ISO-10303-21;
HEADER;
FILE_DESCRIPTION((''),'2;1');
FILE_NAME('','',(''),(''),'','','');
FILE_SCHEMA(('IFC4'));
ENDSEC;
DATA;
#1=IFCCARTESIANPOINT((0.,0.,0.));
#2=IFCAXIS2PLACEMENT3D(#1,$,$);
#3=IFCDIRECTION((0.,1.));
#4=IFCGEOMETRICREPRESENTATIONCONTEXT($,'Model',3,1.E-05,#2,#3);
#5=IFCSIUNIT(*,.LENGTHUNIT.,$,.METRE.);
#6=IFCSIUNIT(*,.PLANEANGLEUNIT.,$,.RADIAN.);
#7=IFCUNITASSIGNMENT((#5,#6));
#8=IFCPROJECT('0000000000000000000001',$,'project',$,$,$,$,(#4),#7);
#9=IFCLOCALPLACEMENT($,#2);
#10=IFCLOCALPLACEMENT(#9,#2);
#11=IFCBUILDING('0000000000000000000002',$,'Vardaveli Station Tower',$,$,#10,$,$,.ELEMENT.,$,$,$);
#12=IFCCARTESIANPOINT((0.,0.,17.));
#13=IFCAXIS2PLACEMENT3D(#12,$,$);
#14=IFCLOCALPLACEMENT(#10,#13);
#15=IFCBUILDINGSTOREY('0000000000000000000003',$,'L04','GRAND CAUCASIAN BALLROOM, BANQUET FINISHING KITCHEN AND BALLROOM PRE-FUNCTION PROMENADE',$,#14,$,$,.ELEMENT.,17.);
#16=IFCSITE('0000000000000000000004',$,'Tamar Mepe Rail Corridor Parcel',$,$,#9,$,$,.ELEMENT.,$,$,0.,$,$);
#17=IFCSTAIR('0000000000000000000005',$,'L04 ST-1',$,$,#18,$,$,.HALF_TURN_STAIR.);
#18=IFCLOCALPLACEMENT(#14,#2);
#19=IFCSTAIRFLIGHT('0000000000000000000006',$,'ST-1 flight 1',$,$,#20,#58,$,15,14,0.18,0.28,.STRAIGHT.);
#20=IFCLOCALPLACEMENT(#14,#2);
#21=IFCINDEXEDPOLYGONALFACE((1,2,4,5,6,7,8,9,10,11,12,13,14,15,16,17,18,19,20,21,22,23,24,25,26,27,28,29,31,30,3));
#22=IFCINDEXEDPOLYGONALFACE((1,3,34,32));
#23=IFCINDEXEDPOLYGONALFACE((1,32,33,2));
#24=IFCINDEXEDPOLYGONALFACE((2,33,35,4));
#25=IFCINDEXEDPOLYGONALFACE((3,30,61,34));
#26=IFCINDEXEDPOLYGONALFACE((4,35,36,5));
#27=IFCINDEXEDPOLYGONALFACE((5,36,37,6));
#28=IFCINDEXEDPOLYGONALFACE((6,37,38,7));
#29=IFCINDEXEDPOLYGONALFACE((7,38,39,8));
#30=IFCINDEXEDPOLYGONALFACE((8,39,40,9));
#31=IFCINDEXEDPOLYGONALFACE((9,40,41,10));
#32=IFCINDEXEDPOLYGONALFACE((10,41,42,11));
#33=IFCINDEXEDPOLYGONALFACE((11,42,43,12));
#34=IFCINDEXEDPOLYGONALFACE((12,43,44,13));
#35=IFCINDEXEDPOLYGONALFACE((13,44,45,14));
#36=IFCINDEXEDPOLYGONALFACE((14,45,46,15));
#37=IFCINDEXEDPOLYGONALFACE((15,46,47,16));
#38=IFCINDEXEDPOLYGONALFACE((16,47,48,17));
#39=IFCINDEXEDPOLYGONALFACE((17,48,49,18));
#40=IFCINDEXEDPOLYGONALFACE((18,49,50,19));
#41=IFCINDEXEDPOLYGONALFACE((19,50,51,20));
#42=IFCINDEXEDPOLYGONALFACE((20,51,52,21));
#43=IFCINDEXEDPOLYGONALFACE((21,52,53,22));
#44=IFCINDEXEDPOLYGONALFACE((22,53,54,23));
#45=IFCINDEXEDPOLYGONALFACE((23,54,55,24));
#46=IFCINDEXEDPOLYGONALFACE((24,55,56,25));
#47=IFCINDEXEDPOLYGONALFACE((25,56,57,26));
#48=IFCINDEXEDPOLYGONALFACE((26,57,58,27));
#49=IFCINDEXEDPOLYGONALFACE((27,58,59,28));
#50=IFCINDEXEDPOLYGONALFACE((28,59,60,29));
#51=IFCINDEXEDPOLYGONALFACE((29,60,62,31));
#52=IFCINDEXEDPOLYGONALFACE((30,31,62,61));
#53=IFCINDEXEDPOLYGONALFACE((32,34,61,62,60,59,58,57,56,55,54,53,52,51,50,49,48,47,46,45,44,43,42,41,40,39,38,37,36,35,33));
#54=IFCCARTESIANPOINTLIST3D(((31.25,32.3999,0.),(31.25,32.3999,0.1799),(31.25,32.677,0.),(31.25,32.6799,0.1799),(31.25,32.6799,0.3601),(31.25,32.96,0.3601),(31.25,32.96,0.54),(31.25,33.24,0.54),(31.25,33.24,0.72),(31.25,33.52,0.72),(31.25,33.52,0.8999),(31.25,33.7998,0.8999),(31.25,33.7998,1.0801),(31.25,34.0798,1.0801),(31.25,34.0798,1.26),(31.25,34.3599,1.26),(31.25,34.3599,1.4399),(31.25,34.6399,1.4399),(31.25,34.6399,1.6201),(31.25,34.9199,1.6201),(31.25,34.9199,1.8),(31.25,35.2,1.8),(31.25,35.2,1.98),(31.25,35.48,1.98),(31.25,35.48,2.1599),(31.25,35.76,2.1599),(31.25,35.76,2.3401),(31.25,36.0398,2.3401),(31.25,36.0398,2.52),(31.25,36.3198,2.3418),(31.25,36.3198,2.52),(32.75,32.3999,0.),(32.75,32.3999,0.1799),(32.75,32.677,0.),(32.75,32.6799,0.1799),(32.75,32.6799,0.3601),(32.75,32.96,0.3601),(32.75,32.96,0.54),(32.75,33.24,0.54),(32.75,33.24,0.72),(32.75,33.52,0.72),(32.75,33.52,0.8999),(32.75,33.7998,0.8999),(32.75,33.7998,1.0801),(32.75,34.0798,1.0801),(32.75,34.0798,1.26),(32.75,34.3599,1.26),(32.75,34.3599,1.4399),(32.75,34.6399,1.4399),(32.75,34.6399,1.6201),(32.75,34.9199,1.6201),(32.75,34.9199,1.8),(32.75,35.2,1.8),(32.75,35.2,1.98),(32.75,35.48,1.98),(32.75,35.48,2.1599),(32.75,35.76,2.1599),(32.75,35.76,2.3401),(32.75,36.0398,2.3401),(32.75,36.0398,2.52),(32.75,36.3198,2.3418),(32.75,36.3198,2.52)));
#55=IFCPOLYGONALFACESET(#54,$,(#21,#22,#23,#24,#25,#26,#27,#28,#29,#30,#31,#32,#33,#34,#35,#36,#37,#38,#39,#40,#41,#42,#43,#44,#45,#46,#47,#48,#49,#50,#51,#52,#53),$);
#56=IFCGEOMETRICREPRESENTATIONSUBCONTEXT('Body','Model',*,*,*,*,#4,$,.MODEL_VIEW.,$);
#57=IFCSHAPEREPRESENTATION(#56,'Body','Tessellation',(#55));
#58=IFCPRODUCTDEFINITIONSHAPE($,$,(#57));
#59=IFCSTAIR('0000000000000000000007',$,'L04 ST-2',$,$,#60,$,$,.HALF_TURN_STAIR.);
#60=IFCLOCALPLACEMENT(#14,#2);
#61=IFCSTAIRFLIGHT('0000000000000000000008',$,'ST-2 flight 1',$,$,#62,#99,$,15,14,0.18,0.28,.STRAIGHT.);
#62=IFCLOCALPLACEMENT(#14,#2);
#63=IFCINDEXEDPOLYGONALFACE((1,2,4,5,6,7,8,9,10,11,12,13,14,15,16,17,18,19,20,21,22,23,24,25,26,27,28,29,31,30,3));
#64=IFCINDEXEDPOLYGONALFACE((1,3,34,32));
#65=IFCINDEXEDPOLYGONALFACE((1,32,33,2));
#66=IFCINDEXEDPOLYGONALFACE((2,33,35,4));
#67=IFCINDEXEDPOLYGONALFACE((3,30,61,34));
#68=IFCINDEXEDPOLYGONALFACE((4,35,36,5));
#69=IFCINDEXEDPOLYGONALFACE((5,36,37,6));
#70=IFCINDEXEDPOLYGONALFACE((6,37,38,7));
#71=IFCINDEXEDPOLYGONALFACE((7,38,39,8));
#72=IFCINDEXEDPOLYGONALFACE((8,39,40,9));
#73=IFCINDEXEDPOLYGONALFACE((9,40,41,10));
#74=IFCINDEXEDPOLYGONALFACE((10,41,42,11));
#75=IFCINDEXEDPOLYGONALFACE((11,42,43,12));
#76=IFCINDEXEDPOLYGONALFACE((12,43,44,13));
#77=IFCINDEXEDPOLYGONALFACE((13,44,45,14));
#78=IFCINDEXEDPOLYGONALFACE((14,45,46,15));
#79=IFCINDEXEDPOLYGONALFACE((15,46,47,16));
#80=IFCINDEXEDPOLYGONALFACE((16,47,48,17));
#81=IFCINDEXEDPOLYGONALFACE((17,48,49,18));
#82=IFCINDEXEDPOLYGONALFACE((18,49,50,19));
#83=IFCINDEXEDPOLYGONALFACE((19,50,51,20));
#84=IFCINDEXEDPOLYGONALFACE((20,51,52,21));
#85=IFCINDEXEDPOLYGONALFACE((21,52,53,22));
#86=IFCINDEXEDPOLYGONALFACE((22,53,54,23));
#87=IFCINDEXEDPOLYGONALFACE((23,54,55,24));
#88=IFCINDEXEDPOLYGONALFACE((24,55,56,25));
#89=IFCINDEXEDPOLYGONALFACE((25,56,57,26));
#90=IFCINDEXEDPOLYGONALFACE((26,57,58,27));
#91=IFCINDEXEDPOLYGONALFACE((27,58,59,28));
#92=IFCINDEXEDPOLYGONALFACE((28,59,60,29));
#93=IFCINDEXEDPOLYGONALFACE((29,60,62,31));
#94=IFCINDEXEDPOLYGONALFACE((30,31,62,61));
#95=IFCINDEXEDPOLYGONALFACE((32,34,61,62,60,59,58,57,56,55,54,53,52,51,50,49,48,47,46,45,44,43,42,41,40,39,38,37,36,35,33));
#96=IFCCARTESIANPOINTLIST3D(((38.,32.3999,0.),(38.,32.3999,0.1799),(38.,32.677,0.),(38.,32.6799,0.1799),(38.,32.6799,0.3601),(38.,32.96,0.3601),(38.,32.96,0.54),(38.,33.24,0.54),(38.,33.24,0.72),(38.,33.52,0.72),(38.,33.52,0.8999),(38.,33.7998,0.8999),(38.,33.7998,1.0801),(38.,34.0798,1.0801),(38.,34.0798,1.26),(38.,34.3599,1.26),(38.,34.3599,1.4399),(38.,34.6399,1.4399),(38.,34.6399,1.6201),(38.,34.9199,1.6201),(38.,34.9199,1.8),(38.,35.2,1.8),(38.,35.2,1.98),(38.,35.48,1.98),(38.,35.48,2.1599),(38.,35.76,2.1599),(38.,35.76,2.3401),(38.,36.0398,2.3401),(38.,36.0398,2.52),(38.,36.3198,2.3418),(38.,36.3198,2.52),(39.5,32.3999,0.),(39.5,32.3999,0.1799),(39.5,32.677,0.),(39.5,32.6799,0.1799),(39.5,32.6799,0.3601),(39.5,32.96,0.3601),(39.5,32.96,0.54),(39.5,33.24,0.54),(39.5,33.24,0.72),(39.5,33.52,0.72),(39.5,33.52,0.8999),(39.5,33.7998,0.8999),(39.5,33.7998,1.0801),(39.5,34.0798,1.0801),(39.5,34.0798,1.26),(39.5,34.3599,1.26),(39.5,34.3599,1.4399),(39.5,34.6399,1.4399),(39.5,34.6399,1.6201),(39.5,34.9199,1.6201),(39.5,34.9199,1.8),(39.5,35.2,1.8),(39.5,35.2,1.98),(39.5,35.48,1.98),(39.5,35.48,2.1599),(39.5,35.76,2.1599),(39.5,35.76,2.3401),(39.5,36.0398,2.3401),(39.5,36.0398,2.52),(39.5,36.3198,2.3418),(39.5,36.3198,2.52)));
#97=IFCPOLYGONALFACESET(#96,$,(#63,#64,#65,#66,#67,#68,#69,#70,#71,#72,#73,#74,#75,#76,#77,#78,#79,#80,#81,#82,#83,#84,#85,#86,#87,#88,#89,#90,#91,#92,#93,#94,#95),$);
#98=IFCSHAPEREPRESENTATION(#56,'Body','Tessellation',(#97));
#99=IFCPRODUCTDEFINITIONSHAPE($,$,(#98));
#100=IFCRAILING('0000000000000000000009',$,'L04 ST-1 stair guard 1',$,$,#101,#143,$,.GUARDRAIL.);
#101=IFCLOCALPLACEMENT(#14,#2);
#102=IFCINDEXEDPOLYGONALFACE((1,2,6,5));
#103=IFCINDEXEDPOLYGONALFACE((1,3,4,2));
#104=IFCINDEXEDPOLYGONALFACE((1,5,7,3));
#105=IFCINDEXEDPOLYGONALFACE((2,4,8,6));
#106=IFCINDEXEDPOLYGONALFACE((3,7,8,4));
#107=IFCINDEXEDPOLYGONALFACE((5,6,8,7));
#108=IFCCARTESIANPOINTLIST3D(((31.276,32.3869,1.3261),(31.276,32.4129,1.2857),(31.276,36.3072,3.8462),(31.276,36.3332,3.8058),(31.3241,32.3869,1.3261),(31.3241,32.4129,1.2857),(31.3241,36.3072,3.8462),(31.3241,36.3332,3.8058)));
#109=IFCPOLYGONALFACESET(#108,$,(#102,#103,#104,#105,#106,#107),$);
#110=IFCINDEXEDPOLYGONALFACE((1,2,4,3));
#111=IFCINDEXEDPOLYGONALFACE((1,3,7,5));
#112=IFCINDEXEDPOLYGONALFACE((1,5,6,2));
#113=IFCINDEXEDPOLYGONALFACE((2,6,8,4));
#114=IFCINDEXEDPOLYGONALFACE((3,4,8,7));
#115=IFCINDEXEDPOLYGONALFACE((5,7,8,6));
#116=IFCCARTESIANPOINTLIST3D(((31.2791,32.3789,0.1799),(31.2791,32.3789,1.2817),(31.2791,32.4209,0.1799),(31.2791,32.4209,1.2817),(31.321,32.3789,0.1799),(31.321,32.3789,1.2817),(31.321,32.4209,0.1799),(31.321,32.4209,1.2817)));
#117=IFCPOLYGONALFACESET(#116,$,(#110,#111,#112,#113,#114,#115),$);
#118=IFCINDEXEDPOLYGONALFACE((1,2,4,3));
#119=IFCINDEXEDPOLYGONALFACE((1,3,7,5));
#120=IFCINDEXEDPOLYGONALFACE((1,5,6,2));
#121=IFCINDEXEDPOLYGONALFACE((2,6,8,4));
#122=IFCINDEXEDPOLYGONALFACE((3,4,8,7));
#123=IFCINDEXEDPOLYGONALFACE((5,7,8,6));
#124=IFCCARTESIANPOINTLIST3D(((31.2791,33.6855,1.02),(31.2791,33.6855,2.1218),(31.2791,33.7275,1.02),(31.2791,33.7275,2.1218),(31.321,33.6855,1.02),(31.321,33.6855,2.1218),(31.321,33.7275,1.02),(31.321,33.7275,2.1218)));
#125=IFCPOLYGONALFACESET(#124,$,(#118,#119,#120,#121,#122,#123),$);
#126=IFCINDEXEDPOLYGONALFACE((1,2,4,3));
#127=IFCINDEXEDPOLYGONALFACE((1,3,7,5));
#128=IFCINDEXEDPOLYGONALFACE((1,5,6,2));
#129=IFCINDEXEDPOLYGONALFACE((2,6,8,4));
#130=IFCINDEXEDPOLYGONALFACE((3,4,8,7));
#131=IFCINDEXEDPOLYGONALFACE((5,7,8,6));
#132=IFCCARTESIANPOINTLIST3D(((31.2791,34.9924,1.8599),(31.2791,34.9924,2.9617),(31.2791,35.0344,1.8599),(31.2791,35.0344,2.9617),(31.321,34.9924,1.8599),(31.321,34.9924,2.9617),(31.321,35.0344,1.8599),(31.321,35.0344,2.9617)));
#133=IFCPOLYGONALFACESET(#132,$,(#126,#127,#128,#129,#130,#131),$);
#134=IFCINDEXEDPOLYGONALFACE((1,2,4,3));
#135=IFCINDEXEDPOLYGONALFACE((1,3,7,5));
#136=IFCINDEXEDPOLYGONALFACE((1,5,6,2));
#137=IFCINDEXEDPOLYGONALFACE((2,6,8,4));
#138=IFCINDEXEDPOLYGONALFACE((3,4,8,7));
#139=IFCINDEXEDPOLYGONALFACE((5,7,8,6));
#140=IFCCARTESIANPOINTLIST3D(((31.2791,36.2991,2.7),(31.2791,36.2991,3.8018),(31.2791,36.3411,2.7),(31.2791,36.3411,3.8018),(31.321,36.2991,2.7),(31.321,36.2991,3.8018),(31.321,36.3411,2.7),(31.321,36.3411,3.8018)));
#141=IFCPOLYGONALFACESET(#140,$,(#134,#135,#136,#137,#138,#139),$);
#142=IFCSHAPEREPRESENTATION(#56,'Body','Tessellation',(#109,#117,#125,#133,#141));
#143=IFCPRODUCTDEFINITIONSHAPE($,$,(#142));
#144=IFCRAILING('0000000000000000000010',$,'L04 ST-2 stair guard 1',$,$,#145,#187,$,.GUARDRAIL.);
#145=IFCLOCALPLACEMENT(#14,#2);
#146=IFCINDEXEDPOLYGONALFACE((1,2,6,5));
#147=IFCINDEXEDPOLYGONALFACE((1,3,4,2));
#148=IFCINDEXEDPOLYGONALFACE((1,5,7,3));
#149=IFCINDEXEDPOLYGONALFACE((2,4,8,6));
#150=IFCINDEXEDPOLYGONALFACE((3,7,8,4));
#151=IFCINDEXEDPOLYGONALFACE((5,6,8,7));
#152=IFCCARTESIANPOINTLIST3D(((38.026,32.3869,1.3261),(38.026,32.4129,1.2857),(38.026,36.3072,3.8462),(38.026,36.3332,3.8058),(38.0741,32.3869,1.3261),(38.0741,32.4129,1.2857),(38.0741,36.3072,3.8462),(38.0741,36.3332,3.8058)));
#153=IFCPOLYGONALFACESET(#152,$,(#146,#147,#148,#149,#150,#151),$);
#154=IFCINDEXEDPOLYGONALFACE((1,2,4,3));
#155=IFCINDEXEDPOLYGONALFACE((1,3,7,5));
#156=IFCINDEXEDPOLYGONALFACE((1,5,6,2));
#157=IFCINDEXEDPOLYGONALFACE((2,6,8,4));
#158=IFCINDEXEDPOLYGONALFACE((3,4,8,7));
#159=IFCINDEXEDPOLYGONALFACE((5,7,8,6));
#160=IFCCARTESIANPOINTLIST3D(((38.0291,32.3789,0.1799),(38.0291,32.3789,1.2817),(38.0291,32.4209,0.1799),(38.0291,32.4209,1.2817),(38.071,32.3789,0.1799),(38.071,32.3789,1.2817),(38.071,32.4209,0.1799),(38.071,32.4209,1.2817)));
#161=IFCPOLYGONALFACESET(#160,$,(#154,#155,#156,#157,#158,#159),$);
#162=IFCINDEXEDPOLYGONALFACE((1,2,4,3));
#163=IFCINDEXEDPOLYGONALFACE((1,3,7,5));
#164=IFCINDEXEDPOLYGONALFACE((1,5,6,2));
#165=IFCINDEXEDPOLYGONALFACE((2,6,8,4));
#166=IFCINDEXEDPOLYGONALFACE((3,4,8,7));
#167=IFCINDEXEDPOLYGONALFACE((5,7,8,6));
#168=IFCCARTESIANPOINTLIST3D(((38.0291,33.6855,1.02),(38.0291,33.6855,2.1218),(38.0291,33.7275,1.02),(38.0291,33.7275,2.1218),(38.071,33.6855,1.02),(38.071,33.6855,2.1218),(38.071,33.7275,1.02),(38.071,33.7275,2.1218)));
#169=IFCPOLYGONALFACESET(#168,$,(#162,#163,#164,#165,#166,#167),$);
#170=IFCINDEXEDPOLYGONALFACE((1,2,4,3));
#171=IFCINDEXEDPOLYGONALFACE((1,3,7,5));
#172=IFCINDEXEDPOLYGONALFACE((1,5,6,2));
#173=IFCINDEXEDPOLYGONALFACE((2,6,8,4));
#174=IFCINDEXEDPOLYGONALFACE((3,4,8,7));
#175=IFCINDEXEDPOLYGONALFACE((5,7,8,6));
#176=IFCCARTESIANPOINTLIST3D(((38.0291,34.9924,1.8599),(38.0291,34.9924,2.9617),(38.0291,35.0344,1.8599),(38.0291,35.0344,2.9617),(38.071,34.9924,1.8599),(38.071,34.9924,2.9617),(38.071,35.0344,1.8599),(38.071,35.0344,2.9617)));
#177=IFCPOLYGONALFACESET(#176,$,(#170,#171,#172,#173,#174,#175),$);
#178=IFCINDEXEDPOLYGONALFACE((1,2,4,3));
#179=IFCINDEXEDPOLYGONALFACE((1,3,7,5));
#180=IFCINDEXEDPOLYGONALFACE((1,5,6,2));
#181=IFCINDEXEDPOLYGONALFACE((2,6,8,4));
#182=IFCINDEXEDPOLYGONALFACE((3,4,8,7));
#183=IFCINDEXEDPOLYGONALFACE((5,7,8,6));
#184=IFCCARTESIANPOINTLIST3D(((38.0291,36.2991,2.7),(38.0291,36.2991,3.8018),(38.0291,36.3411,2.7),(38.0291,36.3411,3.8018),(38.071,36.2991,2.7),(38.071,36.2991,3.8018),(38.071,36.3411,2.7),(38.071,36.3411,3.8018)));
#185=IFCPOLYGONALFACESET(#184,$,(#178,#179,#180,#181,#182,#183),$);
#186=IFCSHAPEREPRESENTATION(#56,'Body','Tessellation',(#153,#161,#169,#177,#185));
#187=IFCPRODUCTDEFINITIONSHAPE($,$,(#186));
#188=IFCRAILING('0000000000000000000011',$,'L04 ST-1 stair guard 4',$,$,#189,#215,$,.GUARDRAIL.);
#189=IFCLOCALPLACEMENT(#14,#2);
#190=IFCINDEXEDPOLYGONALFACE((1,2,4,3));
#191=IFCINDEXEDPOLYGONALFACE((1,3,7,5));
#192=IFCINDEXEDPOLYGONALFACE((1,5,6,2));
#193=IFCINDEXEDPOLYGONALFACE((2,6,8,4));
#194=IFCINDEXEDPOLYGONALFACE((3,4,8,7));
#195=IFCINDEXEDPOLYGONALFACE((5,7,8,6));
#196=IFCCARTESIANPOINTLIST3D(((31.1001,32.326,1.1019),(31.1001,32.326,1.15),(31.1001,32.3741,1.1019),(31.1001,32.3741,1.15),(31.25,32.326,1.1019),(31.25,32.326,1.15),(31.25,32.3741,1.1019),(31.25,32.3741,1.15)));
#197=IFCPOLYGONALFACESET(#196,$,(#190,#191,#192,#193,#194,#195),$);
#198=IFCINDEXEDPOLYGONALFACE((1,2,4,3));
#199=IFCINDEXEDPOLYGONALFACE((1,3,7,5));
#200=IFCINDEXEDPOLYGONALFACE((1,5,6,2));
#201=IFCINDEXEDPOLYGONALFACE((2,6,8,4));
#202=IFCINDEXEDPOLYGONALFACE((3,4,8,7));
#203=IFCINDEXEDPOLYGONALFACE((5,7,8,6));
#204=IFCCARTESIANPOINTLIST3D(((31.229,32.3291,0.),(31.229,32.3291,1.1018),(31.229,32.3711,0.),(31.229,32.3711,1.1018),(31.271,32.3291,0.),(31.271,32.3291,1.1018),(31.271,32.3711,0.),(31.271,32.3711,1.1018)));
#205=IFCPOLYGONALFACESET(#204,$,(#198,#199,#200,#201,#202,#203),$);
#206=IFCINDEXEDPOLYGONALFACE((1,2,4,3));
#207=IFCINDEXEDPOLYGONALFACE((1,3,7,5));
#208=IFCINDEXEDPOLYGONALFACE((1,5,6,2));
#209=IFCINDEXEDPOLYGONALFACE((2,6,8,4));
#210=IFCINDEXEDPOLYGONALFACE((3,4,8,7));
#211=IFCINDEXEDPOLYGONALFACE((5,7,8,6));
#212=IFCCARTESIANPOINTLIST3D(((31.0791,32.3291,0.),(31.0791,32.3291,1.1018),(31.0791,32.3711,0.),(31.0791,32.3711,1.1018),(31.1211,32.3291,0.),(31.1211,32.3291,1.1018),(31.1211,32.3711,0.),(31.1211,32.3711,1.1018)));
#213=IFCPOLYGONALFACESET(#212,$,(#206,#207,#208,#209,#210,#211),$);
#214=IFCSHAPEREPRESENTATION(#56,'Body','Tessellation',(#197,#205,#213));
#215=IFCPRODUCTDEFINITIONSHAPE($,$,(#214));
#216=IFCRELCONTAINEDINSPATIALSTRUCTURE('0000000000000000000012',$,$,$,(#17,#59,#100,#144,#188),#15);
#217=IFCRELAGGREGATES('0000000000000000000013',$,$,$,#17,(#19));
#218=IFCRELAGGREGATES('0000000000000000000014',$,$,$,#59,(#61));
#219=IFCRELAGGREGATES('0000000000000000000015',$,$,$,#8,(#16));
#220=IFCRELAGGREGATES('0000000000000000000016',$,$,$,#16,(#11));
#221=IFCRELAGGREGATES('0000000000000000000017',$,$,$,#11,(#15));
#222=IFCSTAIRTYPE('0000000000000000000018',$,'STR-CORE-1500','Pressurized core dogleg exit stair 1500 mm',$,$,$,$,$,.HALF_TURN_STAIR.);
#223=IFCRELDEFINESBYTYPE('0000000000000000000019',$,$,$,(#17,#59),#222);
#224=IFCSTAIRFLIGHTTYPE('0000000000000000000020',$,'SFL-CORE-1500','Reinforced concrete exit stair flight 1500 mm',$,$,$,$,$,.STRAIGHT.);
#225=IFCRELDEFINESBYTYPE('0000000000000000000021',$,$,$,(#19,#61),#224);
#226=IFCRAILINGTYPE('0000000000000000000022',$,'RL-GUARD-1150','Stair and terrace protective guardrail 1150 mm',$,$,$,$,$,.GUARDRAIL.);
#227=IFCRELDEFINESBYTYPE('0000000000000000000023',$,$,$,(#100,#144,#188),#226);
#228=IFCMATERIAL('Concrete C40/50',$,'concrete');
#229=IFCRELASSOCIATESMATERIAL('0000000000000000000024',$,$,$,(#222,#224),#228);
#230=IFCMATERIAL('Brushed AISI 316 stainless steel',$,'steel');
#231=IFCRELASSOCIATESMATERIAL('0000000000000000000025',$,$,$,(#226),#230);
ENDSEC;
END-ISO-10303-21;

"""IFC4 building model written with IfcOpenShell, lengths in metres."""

from ifc_helpers import new_model, si_unit, direction, frame, origin, origin_2d, place, context, subcontext, project, spatial, polyline, rectangle, outline, extrude, source, transform, mapped, material, type_object, element, aggregate, save


model = new_model("IFC4")

# Units and contexts
model_context = context("Model", 3, precision=1e-05, world=origin(), true_north=direction((0.0, 1.0)))
body_context = subcontext(model_context, "Body", "Model", "MODEL_VIEW")
ifc_project = project(units=[si_unit("LENGTHUNIT", "METRE"), si_unit("PLANEANGLEUNIT", "RADIAN")], contexts=[model_context])

# Site, building, storey
site_placement = place(None, origin())
site = spatial("IfcSite", under=ifc_project, at=site_placement, Name="Tamar Mepe Rail Corridor Parcel", CompositionType="ELEMENT", RefElevation=0.0)
building_placement = place(site_placement, origin())
building = spatial("IfcBuilding", under=site, at=building_placement, Name="Vardaveli Station Tower", CompositionType="ELEMENT")
storey_placement = place(building_placement, frame((0.0, 0.0, 17.0)))
storey = spatial("IfcBuildingStorey", under=building, at=storey_placement, Name="L04", Description="GRAND CAUCASIAN BALLROOM, BANQUET FINISHING KITCHEN AND BALLROOM PRE-FUNCTION PROMENADE", CompositionType="ELEMENT", Elevation=17.0)

# Shared definitions
ifc_material_1 = material(Name="Concrete C40/50", Category="concrete")

# Stairs, stair flights
stair_type = type_object("IfcStairType", Name="STR-CORE-1500", Description="Pressurized core dogleg exit stair 1500 mm", PredefinedType="HALF_TURN_STAIR", material=ifc_material_1)
stair_1_placement = place(storey_placement, origin())
stair_1 = element("IfcStair", 1, at=stair_1_placement, inside=storey, type_object=stair_type, Name="L04 ST-1", PredefinedType="HALF_TURN_STAIR")
stair_flight_type = type_object("IfcStairFlightType", Name="SFL-CORE-1500", Description="Reinforced concrete exit stair flight 1500 mm", PredefinedType="STRAIGHT", material=ifc_material_1)
shared_shape_1 = source(origin(), body_context, "Body", "SweptSolid", [
    extrude(outline(polyline([(0.0, 0.0), (0.0, 0.1799), (0.28, 0.1799), (0.28, 0.3601), (0.5601, 0.3601), (0.5601, 0.54), (0.8401, 0.54), (0.8401, 0.72), (1.1201, 0.72), (1.1201, 0.8999), (1.3999, 0.8999), (1.3999, 1.0801), (1.6799, 1.0801), (1.6799, 1.26), (1.96, 1.26), (1.96, 1.4399), (2.24, 1.4399), (2.24, 1.6201), (2.52, 1.6201), (2.52, 1.8), (2.8, 1.8), (2.8, 1.98), (3.0801, 1.98), (3.0801, 2.1599), (3.3601, 2.1599), (3.3601, 2.3401), (3.6399, 2.3401), (3.6399, 2.52), (3.9199, 2.52), (3.9199, 2.7), (3.9199, 2.3418), (0.2771, 0.0), (0.0, 0.0)])), frame((0.0, 0.75, 0.0), z_axis=(0.0, -1.0, 0.0), x_axis=(1.0, 0.0, 0.0)), (0.0, 0.0, 1.0), 1.5),
])
stair_flight_1_placement = place(storey_placement, frame((32.0, 32.3999, 0.0), z_axis=(0.0, 0.0, 1.0), x_axis=(0.0, 1.0, 0.0)))
stair_flight_1 = element("IfcStairFlight", 2, at=stair_flight_1_placement, type_object=stair_flight_type, Name="ST-1 flight 1", NumberOfRisers=15, NumberOfTreads=14, PredefinedType="STRAIGHT", RiserHeight=0.18, TreadLength=0.28, context=body_context, shape_type="MappedRepresentation", body=[
    mapped(shared_shape_1, transform((0.0, 0.0, 0.0), scale=1.0)),
])
aggregate(stair_1, [stair_flight_1])
stair_2_placement = place(storey_placement, origin())
stair_2 = element("IfcStair", 3, at=stair_2_placement, inside=storey, type_object=stair_type, Name="L04 ST-2", PredefinedType="HALF_TURN_STAIR")
stair_flight_2_placement = place(storey_placement, frame((38.75, 32.3999, 0.0), z_axis=(0.0, 0.0, 1.0), x_axis=(0.0, 1.0, 0.0)))
stair_flight_2 = element("IfcStairFlight", 4, at=stair_flight_2_placement, type_object=stair_flight_type, Name="ST-2 flight 1", NumberOfRisers=15, NumberOfTreads=14, PredefinedType="STRAIGHT", RiserHeight=0.18, TreadLength=0.28, context=body_context, shape_type="MappedRepresentation", body=[
    mapped(shared_shape_1, transform((0.0, 0.0, 0.0), scale=1.0)),
])
aggregate(stair_2, [stair_flight_2])

# Railings
ifc_material_2 = material(Name="Brushed AISI 316 stainless steel", Category="steel")
railing_type_1 = type_object("IfcRailingType", Name="RL-GUARD-1150", Description="Stair and terrace protective guardrail 1150 mm", PredefinedType="GUARDRAIL", material=ifc_material_2)
shared_shape_2 = source(origin(), body_context, "Body", "SweptSolid", [
    extrude(rectangle(XDim=0.0481, YDim=0.0481, at=origin_2d()), frame((0.0, 0.0, 1.126), z_axis=(0.0, 0.841187, 0.540744), x_axis=(-1.0, 0.0, 0.0)), (0.0, 0.0, 1.0), 4.6604),
    extrude(rectangle(XDim=0.042, YDim=0.042, at=origin_2d()), origin(), (0.0, 0.0, 1.0), 1.1018),
    extrude(rectangle(XDim=0.042, YDim=0.042, at=origin_2d()), frame((0.0, 1.3066, 0.8401)), (0.0, 0.0, 1.0), 1.1018),
    extrude(rectangle(XDim=0.042, YDim=0.042, at=origin_2d()), frame((0.0, 2.6135, 1.6799)), (0.0, 0.0, 1.0), 1.1018),
    extrude(rectangle(XDim=0.042, YDim=0.042, at=origin_2d()), frame((0.0, 3.9202, 2.52)), (0.0, 0.0, 1.0), 1.1018),
])
for number, where, name in (
    (5, (31.3, 32.3999, 0.1799), "L04 ST-1 stair guard 1"),
    (6, (38.05, 32.3999, 0.1799), "L04 ST-2 stair guard 1"),
):
    element("IfcRailing", number, at=place(storey_placement, frame(where)), inside=storey, type_object=railing_type_1, Name=name, PredefinedType="GUARDRAIL", context=body_context, shape_type="MappedRepresentation", body=[
        mapped(shared_shape_2, transform((0.0, 0.0, 0.0), scale=1.0)),
    ])
shared_shape_3 = source(origin(), body_context, "Body", "SweptSolid", [
    extrude(rectangle(XDim=0.0481, YDim=0.0481, at=origin_2d()), frame((0.0, 0.0, 1.126), z_axis=(-1.0, 0.0, 0.0), x_axis=(0.0, -1.0, 0.0)), (0.0, 0.0, 1.0), 0.1499),
    extrude(rectangle(XDim=0.042, YDim=0.042, at=origin_2d()), origin(), (0.0, 0.0, 1.0), 1.1018),
    extrude(rectangle(XDim=0.042, YDim=0.042, at=origin_2d()), frame((-0.1499, 0.0, 0.0)), (0.0, 0.0, 1.0), 1.1018),
])
for number, where, name in (
    (7, (31.25, 32.3501, 0.0), "L04 ST-1 stair guard 4"),
):
    element("IfcRailing", number, at=place(storey_placement, frame(where)), inside=storey, type_object=railing_type_1, Name=name, PredefinedType="GUARDRAIL", context=body_context, shape_type="MappedRepresentation", body=[
        mapped(shared_shape_3, transform((0.0, 0.0, 0.0), scale=1.0)),
    ])

save(model, "model.ifc")
